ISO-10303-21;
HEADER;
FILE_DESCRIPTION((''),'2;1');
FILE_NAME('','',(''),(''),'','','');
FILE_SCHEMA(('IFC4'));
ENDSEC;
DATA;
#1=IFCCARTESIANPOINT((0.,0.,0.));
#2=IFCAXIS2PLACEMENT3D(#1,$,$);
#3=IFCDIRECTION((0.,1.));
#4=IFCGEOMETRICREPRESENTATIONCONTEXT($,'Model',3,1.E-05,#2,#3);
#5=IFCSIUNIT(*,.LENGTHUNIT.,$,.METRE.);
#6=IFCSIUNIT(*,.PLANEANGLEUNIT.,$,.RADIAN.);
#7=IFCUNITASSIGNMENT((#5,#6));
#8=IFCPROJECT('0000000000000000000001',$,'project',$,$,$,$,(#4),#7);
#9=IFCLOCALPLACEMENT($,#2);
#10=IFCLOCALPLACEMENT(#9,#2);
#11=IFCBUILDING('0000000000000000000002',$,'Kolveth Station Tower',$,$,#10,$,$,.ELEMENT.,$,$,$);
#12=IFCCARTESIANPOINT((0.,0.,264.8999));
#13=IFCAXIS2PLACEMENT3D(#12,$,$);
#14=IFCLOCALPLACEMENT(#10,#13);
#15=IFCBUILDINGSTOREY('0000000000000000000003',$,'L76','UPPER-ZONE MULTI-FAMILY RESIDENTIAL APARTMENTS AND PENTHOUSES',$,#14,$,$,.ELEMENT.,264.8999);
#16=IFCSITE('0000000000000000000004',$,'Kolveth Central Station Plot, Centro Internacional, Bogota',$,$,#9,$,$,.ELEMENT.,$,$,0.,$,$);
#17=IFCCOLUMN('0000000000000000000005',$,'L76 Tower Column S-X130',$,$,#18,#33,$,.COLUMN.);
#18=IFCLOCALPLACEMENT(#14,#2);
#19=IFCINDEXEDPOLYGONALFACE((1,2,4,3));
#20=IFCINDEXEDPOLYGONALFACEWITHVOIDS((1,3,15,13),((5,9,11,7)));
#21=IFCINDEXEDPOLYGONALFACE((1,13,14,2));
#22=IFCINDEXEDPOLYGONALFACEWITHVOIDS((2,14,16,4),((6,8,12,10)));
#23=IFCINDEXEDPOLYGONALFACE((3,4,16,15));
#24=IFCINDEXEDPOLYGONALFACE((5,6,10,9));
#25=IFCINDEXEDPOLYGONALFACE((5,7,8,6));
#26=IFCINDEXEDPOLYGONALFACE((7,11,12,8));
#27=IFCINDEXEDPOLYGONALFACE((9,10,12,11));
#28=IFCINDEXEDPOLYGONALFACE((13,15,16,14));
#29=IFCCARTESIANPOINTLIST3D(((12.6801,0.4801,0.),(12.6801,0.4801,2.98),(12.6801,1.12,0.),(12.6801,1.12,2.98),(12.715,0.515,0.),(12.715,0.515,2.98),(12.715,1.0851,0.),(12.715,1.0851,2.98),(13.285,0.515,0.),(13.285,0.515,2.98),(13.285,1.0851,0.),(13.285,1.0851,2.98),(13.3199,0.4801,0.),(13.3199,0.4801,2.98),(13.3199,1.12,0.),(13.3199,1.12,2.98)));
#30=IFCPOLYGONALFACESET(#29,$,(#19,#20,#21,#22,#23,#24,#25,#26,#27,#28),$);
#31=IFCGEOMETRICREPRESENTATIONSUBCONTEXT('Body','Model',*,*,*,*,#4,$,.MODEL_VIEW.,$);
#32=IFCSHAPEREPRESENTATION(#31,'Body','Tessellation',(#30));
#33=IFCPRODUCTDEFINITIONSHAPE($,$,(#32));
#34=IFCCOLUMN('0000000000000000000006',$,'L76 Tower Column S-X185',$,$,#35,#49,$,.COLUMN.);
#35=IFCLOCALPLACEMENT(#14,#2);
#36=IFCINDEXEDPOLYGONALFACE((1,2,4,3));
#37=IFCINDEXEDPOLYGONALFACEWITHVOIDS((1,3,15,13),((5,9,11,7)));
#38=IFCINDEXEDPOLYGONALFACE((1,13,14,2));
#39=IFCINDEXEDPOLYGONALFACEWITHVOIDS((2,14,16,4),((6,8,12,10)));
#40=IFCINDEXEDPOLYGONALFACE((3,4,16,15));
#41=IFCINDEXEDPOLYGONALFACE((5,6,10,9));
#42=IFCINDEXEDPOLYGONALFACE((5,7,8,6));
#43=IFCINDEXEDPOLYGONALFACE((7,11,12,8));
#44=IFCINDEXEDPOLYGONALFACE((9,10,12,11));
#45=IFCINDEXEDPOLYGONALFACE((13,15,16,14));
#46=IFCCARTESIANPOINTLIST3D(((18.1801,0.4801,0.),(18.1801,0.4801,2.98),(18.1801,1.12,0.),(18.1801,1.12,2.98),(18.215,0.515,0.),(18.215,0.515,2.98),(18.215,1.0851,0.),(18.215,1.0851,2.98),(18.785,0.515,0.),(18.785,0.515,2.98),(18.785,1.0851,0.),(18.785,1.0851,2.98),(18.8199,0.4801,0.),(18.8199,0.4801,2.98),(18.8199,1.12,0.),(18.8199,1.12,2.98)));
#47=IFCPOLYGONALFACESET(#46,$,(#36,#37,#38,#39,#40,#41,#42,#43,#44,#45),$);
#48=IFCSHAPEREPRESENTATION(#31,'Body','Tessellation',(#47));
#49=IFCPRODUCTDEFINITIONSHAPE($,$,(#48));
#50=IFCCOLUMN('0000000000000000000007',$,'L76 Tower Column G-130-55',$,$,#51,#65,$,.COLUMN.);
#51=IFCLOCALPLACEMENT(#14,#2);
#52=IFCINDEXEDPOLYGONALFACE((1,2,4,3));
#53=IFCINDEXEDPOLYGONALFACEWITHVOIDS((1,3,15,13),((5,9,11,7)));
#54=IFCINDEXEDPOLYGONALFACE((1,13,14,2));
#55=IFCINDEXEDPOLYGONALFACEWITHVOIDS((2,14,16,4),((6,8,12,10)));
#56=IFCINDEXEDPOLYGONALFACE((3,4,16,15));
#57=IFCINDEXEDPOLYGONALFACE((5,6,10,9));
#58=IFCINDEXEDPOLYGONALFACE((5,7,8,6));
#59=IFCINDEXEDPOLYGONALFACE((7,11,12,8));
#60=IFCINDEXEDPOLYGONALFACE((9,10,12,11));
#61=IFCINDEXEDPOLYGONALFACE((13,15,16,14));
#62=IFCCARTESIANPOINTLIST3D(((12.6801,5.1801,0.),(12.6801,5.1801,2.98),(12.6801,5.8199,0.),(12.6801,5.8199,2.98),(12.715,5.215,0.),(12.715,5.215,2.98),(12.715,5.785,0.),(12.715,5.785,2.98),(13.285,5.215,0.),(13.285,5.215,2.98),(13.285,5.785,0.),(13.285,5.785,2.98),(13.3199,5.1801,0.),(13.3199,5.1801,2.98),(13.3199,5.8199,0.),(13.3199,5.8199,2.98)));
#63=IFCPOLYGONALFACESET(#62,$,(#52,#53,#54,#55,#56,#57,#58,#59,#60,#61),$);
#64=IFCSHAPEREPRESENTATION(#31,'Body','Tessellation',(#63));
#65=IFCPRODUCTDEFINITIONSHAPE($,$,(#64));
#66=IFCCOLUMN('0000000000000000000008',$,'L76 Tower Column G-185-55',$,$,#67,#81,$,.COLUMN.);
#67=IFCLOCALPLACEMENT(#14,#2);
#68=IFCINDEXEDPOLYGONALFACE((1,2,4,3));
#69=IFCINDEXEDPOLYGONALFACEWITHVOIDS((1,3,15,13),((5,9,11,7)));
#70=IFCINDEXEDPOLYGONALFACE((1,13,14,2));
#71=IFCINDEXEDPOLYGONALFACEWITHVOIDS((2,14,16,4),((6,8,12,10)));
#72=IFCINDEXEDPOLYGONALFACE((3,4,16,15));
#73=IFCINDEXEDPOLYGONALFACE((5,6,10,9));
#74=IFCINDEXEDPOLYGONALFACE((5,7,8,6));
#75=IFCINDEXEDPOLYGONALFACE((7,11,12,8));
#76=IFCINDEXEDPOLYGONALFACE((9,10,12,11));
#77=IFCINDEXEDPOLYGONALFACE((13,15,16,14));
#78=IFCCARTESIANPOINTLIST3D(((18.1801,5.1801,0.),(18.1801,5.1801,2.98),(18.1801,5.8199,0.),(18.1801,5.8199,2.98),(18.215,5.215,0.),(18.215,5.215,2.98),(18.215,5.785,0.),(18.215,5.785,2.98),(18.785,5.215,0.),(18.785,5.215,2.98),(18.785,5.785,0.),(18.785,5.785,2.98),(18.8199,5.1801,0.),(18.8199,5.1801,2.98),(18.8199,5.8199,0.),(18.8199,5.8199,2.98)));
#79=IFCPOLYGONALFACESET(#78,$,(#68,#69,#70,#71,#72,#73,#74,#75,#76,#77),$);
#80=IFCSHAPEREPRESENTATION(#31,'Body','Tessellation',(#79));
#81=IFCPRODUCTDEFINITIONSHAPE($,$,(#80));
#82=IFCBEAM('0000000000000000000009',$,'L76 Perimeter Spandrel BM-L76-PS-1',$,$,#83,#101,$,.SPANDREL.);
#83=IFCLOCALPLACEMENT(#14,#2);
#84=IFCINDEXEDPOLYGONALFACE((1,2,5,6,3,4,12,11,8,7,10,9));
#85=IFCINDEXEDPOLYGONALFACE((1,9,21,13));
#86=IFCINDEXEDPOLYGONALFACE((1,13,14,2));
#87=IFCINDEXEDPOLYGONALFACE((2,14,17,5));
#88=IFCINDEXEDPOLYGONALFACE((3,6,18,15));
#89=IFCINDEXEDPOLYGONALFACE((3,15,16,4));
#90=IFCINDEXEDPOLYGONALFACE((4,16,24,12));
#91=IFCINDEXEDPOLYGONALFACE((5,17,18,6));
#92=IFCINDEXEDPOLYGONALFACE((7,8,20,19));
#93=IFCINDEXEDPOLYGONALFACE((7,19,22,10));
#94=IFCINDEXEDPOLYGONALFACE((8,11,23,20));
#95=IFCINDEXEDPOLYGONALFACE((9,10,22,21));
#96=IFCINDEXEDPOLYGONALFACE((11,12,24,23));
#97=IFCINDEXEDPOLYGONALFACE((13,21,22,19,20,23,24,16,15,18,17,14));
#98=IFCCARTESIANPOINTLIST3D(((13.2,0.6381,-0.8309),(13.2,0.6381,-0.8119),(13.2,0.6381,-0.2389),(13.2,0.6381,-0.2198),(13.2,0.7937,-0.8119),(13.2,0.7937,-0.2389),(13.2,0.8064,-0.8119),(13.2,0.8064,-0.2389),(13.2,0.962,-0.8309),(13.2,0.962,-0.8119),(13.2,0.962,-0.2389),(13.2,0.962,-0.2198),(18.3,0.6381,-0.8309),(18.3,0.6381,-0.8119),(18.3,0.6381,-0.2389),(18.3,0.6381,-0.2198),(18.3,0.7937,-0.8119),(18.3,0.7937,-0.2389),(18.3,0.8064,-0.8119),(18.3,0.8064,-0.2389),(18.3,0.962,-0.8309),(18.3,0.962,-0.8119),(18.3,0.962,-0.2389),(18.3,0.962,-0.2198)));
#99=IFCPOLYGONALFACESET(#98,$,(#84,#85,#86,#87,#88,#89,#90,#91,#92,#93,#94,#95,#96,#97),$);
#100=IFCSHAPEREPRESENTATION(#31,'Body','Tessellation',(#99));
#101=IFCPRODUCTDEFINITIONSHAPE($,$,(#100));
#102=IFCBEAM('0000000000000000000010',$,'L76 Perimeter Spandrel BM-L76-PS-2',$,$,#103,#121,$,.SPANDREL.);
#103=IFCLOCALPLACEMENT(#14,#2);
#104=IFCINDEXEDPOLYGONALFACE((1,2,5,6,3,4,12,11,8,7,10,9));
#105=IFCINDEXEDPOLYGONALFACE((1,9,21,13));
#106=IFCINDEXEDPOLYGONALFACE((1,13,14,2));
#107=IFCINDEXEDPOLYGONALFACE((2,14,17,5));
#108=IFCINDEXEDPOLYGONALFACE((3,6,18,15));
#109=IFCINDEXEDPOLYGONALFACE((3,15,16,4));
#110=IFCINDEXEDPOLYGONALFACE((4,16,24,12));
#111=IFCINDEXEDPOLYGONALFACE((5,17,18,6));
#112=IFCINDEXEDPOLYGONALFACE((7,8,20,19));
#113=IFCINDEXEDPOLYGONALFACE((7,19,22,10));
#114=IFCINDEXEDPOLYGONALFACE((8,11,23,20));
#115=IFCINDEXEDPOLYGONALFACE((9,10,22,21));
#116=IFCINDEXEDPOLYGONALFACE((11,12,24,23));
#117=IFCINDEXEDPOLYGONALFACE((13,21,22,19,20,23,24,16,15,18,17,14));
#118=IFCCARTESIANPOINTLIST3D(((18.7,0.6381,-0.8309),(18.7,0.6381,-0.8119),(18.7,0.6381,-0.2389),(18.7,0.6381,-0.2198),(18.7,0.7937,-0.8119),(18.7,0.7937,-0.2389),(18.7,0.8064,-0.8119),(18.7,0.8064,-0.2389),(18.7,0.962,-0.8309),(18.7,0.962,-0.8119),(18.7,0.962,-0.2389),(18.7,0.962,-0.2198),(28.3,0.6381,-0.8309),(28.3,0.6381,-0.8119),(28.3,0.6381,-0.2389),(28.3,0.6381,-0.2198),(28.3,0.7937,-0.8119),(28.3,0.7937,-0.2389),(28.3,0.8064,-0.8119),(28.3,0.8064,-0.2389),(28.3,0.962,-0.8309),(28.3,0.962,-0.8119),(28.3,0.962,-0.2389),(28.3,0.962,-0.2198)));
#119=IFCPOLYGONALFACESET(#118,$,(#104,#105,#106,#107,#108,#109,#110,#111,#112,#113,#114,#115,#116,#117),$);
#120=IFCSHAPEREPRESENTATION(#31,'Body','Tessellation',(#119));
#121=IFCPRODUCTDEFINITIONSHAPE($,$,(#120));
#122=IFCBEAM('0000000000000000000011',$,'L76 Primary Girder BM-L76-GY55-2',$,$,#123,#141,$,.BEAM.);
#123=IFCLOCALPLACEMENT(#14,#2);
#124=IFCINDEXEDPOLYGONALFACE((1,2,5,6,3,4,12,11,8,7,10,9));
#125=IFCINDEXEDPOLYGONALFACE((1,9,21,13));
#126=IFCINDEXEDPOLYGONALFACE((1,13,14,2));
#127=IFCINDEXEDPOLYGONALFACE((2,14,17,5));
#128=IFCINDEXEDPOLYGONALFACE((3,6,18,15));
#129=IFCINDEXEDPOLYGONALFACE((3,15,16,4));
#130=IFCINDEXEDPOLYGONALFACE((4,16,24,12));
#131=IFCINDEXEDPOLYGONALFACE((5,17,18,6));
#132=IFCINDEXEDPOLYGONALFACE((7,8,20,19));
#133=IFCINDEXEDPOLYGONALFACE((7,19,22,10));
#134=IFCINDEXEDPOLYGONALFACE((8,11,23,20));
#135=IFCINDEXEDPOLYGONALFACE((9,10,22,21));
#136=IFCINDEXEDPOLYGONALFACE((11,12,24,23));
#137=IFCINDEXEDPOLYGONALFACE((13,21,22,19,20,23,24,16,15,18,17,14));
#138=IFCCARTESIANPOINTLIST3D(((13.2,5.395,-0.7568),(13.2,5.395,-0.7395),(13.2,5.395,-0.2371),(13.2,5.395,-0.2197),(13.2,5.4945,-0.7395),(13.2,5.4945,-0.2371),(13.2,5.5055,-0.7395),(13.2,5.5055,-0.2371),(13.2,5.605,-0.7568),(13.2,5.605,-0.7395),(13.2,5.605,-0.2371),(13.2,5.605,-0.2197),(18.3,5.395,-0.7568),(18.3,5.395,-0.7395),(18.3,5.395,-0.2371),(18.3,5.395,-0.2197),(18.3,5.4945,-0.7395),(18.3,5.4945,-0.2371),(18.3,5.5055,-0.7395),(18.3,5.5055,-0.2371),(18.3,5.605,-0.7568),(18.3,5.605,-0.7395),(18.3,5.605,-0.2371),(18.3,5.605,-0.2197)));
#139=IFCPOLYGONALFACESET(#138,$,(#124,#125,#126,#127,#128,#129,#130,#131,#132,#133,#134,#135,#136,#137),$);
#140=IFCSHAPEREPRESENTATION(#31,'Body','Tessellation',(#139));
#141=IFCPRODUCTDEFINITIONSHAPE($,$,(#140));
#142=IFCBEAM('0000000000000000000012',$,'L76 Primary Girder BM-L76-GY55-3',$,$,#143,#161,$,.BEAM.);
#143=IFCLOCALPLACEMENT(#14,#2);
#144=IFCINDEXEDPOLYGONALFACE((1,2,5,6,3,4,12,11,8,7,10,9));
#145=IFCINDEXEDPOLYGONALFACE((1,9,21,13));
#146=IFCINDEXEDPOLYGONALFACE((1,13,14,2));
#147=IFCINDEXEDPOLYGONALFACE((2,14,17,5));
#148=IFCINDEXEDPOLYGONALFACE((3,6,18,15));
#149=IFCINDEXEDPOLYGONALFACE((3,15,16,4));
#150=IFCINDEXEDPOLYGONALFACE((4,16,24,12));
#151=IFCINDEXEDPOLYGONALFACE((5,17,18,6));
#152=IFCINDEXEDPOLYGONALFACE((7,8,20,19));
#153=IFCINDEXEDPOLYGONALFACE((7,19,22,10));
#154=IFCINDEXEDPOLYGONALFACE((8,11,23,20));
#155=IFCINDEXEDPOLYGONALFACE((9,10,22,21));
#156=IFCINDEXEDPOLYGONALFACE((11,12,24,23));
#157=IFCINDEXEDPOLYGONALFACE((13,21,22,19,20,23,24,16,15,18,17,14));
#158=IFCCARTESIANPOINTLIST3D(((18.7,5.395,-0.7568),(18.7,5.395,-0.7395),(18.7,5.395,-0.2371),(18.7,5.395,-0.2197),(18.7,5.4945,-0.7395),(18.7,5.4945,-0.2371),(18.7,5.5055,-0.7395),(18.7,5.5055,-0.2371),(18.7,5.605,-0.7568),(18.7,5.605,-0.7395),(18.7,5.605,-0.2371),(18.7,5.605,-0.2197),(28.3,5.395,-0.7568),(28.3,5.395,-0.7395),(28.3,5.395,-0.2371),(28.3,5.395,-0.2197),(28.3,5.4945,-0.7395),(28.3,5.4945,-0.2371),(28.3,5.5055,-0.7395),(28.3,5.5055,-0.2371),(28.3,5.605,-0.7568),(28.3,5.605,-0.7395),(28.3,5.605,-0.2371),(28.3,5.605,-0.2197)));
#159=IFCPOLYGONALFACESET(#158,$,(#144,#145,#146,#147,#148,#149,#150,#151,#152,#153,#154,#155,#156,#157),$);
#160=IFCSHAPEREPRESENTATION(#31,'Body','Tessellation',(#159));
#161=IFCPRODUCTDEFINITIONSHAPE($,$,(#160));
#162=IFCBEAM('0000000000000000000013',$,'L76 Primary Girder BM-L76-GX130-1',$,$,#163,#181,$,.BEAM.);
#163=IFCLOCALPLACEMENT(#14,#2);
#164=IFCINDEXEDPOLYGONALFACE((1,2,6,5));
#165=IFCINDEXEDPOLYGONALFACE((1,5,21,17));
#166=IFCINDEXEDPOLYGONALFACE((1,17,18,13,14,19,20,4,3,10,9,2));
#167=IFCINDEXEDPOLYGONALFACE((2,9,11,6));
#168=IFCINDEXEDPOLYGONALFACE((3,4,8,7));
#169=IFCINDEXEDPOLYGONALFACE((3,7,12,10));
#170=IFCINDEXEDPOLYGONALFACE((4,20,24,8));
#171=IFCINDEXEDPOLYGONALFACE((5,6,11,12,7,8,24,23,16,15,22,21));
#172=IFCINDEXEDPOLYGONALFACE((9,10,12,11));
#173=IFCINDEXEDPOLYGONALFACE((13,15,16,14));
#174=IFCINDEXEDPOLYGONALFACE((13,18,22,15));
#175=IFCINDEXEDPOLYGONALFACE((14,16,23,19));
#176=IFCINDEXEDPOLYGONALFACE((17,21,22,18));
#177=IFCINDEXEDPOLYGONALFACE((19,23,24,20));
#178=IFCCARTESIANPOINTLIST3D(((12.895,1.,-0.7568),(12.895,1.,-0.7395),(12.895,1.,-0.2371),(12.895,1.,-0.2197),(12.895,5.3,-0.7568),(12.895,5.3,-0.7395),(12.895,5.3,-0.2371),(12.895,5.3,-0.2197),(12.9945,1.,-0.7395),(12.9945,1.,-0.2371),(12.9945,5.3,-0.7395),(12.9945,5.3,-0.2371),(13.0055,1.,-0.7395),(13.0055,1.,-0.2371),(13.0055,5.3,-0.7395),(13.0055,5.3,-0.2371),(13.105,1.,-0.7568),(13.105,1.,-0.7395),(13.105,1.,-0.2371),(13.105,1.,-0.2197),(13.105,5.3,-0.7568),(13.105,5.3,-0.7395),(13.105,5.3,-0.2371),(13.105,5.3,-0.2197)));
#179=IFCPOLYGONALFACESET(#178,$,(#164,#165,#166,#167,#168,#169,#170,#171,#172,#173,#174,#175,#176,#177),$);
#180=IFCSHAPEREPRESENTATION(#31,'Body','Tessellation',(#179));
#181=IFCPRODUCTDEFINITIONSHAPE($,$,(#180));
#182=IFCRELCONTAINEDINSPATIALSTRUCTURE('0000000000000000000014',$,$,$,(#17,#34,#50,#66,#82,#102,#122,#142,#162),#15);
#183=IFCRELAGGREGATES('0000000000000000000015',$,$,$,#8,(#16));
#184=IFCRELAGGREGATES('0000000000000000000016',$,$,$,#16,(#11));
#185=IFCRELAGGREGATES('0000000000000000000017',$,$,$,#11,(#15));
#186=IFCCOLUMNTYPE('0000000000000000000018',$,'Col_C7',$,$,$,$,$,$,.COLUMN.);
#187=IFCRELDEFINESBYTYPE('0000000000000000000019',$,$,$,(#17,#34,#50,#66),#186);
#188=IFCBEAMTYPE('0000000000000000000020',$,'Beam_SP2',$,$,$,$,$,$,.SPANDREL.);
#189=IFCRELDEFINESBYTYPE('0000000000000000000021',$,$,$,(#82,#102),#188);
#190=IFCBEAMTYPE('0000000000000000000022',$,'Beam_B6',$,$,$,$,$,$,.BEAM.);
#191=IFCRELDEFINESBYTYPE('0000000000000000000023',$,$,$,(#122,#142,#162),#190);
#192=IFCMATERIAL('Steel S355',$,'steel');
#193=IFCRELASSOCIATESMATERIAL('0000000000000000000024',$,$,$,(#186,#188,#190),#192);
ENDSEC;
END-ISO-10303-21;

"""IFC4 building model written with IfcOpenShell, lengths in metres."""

from ifc_helpers import new_model, si_unit, direction, frame, origin, origin_2d, place, context, subcontext, project, spatial, hollow_rectangle, i_section, extrude, source, transform, mapped, material, material_profile, profile_set, type_object, element, save


model = new_model("IFC4")

# Units and contexts
model_context = context("Model", 3, precision=1e-05, world=origin(), true_north=direction((0.0, 1.0)))
body_context = subcontext(model_context, "Body", "Model", "MODEL_VIEW")
ifc_project = project(units=[si_unit("LENGTHUNIT", "METRE"), si_unit("PLANEANGLEUNIT", "RADIAN")], contexts=[model_context])

# Site, building, storey
site_placement = place(None, origin())
site = spatial("IfcSite", under=ifc_project, at=site_placement, Name="Kolveth Central Station Plot, Centro Internacional, Bogota", CompositionType="ELEMENT", RefElevation=0.0)
building_placement = place(site_placement, origin())
building = spatial("IfcBuilding", under=site, at=building_placement, Name="Kolveth Station Tower", CompositionType="ELEMENT")
storey_placement = place(building_placement, frame((0.0, 0.0, 264.8999)))
storey = spatial("IfcBuildingStorey", under=building, at=storey_placement, Name="L76", Description="UPPER-ZONE MULTI-FAMILY RESIDENTIAL APARTMENTS AND PENTHOUSES", CompositionType="ELEMENT", Elevation=264.8999)

# Columns
ifc_material_1 = material(Name="Steel S355", Category="steel")
ifc_material_profile_1 = material_profile(ifc_material_1, hollow_rectangle(XDim=0.6399, YDim=0.6399, WallThickness=0.0349, at=origin_2d()), Name="BOX640x640x35")
ifc_profile_set_1 = profile_set([ifc_material_profile_1], Name="Steel S355")
column_type = type_object("IfcColumnType", Name="Col_C7", PredefinedType="COLUMN", material=ifc_profile_set_1)
shared_shape_1 = source(origin(), body_context, "Body", "SweptSolid", [
    extrude(hollow_rectangle(XDim=0.6399, YDim=0.6399, WallThickness=0.0349, at=origin_2d()), origin(), (0.0, 0.0, 1.0), 2.98),
])
for number, where, z_axis, x_axis, name in (
    (1, (13.0, 0.8, 0.0), (0.0, 0.0, 1.0), (1.0, 0.0, 0.0), "L76 Tower Column S-X130"),
    (2, (18.5, 0.8, 0.0), (0.0, 0.0, 1.0), (1.0, 0.0, 0.0), "L76 Tower Column S-X185"),
    (3, (13.0, 5.5, 0.0), (0.0, 0.0, 1.0), (1.0, 0.0, 0.0), "L76 Tower Column G-130-55"),
    (4, (18.5, 5.5, 0.0), (0.0, 0.0, 1.0), (1.0, 0.0, 0.0), "L76 Tower Column G-185-55"),
):
    element("IfcColumn", number, at=place(storey_placement, frame(where, z_axis=z_axis, x_axis=x_axis)), inside=storey, type_object=column_type, Name=name, PredefinedType="COLUMN", context=body_context, shape_type="MappedRepresentation", body=[
        mapped(shared_shape_1, transform((0.0, 0.0, 0.0), x_axis=(1.0, 0.0, 0.0), y_axis=(0.0, 1.0, 0.0), z_axis=(0.0, 0.0, 1.0), scale=1.0)),
    ])

# Beams
ifc_material_profile_2 = material_profile(ifc_material_1, i_section(OverallWidth=0.324, OverallDepth=0.6111, WebThickness=0.0127, FlangeThickness=0.019, at=origin_2d()), Name="W610x155")
ifc_profile_set_2 = profile_set([ifc_material_profile_2], Name="Steel S355")
beam_type_1 = type_object("IfcBeamType", Name="Beam_SP2", PredefinedType="SPANDREL", material=ifc_profile_set_2)
shared_shape_2 = source(origin(), body_context, "Body", "SweptSolid", [
    extrude(i_section(OverallWidth=0.324, OverallDepth=0.6111, WebThickness=0.0127, FlangeThickness=0.019, at=origin_2d()), origin(), (0.0, 0.0, 1.0), 5.1001),
])
beam_1_placement = place(storey_placement, frame((13.2, 0.8, -0.5254), z_axis=(1.0, 0.0, 0.0), x_axis=(0.0, 1.0, 0.0)))
element("IfcBeam", 5, at=beam_1_placement, inside=storey, type_object=beam_type_1, Name="L76 Perimeter Spandrel BM-L76-PS-1", PredefinedType="SPANDREL", context=body_context, shape_type="MappedRepresentation", body=[
    mapped(shared_shape_2, transform((0.0, 0.0, 0.0), x_axis=(1.0, 0.0, 0.0), y_axis=(0.0, 1.0, 0.0), z_axis=(0.0, 0.0, 1.0), scale=1.0)),
])
shared_shape_3 = source(origin(), body_context, "Body", "SweptSolid", [
    extrude(i_section(OverallWidth=0.324, OverallDepth=0.6111, WebThickness=0.0127, FlangeThickness=0.019, at=origin_2d()), origin(), (0.0, 0.0, 1.0), 9.6001),
])
beam_2_placement = place(storey_placement, frame((18.7, 0.8, -0.5254), z_axis=(1.0, 0.0, 0.0), x_axis=(0.0, 1.0, 0.0)))
element("IfcBeam", 6, at=beam_2_placement, inside=storey, type_object=beam_type_1, Name="L76 Perimeter Spandrel BM-L76-PS-2", PredefinedType="SPANDREL", context=body_context, shape_type="MappedRepresentation", body=[
    mapped(shared_shape_3, transform((0.0, 0.0, 0.0), x_axis=(1.0, 0.0, 0.0), y_axis=(0.0, 1.0, 0.0), z_axis=(0.0, 0.0, 1.0), scale=1.0)),
])
ifc_material_profile_3 = material_profile(ifc_material_1, i_section(OverallWidth=0.21, OverallDepth=0.5371, WebThickness=0.011, FlangeThickness=0.0173, at=origin_2d()), Name="W530x101")
ifc_profile_set_3 = profile_set([ifc_material_profile_3], Name="Steel S355")
beam_type_2 = type_object("IfcBeamType", Name="Beam_B6", PredefinedType="BEAM", material=ifc_profile_set_3)
shared_shape_4 = source(origin(), body_context, "Body", "SweptSolid", [
    extrude(i_section(OverallWidth=0.21, OverallDepth=0.5371, WebThickness=0.011, FlangeThickness=0.0173, at=origin_2d()), origin(), (0.0, 0.0, 1.0), 5.1001),
])
beam_3_placement = place(storey_placement, frame((13.2, 5.5, -0.4883), z_axis=(1.0, 0.0, 0.0), x_axis=(0.0, 1.0, 0.0)))
element("IfcBeam", 7, at=beam_3_placement, inside=storey, type_object=beam_type_2, Name="L76 Primary Girder BM-L76-GY55-2", PredefinedType="BEAM", context=body_context, shape_type="MappedRepresentation", body=[
    mapped(shared_shape_4, transform((0.0, 0.0, 0.0), x_axis=(1.0, 0.0, 0.0), y_axis=(0.0, 1.0, 0.0), z_axis=(0.0, 0.0, 1.0), scale=1.0)),
])
shared_shape_5 = source(origin(), body_context, "Body", "SweptSolid", [
    extrude(i_section(OverallWidth=0.21, OverallDepth=0.5371, WebThickness=0.011, FlangeThickness=0.0173, at=origin_2d()), origin(), (0.0, 0.0, 1.0), 9.6001),
])
beam_4_placement = place(storey_placement, frame((18.7, 5.5, -0.4883), z_axis=(1.0, 0.0, 0.0), x_axis=(0.0, 1.0, 0.0)))
element("IfcBeam", 8, at=beam_4_placement, inside=storey, type_object=beam_type_2, Name="L76 Primary Girder BM-L76-GY55-3", PredefinedType="BEAM", context=body_context, shape_type="MappedRepresentation", body=[
    mapped(shared_shape_5, transform((0.0, 0.0, 0.0), x_axis=(1.0, 0.0, 0.0), y_axis=(0.0, 1.0, 0.0), z_axis=(0.0, 0.0, 1.0), scale=1.0)),
])
shared_shape_6 = source(origin(), body_context, "Body", "SweptSolid", [
    extrude(i_section(OverallWidth=0.21, OverallDepth=0.5371, WebThickness=0.011, FlangeThickness=0.0173, at=origin_2d()), origin(), (0.0, 0.0, 1.0), 4.3),
])
for number, where, z_axis, x_axis, name in (
    (9, (13.0, 1.0, -0.4883), (0.0, 1.0, 0.0), (-1.0, 0.0, 0.0), "L76 Primary Girder BM-L76-GX130-1"),
):
    element("IfcBeam", number, at=place(storey_placement, frame(where, z_axis=z_axis, x_axis=x_axis)), inside=storey, type_object=beam_type_2, Name=name, PredefinedType="BEAM", context=body_context, shape_type="MappedRepresentation", body=[
        mapped(shared_shape_6, transform((0.0, 0.0, 0.0), x_axis=(1.0, 0.0, 0.0), y_axis=(0.0, 1.0, 0.0), z_axis=(0.0, 0.0, 1.0), scale=1.0)),
    ])

save(model, "model.ifc")
